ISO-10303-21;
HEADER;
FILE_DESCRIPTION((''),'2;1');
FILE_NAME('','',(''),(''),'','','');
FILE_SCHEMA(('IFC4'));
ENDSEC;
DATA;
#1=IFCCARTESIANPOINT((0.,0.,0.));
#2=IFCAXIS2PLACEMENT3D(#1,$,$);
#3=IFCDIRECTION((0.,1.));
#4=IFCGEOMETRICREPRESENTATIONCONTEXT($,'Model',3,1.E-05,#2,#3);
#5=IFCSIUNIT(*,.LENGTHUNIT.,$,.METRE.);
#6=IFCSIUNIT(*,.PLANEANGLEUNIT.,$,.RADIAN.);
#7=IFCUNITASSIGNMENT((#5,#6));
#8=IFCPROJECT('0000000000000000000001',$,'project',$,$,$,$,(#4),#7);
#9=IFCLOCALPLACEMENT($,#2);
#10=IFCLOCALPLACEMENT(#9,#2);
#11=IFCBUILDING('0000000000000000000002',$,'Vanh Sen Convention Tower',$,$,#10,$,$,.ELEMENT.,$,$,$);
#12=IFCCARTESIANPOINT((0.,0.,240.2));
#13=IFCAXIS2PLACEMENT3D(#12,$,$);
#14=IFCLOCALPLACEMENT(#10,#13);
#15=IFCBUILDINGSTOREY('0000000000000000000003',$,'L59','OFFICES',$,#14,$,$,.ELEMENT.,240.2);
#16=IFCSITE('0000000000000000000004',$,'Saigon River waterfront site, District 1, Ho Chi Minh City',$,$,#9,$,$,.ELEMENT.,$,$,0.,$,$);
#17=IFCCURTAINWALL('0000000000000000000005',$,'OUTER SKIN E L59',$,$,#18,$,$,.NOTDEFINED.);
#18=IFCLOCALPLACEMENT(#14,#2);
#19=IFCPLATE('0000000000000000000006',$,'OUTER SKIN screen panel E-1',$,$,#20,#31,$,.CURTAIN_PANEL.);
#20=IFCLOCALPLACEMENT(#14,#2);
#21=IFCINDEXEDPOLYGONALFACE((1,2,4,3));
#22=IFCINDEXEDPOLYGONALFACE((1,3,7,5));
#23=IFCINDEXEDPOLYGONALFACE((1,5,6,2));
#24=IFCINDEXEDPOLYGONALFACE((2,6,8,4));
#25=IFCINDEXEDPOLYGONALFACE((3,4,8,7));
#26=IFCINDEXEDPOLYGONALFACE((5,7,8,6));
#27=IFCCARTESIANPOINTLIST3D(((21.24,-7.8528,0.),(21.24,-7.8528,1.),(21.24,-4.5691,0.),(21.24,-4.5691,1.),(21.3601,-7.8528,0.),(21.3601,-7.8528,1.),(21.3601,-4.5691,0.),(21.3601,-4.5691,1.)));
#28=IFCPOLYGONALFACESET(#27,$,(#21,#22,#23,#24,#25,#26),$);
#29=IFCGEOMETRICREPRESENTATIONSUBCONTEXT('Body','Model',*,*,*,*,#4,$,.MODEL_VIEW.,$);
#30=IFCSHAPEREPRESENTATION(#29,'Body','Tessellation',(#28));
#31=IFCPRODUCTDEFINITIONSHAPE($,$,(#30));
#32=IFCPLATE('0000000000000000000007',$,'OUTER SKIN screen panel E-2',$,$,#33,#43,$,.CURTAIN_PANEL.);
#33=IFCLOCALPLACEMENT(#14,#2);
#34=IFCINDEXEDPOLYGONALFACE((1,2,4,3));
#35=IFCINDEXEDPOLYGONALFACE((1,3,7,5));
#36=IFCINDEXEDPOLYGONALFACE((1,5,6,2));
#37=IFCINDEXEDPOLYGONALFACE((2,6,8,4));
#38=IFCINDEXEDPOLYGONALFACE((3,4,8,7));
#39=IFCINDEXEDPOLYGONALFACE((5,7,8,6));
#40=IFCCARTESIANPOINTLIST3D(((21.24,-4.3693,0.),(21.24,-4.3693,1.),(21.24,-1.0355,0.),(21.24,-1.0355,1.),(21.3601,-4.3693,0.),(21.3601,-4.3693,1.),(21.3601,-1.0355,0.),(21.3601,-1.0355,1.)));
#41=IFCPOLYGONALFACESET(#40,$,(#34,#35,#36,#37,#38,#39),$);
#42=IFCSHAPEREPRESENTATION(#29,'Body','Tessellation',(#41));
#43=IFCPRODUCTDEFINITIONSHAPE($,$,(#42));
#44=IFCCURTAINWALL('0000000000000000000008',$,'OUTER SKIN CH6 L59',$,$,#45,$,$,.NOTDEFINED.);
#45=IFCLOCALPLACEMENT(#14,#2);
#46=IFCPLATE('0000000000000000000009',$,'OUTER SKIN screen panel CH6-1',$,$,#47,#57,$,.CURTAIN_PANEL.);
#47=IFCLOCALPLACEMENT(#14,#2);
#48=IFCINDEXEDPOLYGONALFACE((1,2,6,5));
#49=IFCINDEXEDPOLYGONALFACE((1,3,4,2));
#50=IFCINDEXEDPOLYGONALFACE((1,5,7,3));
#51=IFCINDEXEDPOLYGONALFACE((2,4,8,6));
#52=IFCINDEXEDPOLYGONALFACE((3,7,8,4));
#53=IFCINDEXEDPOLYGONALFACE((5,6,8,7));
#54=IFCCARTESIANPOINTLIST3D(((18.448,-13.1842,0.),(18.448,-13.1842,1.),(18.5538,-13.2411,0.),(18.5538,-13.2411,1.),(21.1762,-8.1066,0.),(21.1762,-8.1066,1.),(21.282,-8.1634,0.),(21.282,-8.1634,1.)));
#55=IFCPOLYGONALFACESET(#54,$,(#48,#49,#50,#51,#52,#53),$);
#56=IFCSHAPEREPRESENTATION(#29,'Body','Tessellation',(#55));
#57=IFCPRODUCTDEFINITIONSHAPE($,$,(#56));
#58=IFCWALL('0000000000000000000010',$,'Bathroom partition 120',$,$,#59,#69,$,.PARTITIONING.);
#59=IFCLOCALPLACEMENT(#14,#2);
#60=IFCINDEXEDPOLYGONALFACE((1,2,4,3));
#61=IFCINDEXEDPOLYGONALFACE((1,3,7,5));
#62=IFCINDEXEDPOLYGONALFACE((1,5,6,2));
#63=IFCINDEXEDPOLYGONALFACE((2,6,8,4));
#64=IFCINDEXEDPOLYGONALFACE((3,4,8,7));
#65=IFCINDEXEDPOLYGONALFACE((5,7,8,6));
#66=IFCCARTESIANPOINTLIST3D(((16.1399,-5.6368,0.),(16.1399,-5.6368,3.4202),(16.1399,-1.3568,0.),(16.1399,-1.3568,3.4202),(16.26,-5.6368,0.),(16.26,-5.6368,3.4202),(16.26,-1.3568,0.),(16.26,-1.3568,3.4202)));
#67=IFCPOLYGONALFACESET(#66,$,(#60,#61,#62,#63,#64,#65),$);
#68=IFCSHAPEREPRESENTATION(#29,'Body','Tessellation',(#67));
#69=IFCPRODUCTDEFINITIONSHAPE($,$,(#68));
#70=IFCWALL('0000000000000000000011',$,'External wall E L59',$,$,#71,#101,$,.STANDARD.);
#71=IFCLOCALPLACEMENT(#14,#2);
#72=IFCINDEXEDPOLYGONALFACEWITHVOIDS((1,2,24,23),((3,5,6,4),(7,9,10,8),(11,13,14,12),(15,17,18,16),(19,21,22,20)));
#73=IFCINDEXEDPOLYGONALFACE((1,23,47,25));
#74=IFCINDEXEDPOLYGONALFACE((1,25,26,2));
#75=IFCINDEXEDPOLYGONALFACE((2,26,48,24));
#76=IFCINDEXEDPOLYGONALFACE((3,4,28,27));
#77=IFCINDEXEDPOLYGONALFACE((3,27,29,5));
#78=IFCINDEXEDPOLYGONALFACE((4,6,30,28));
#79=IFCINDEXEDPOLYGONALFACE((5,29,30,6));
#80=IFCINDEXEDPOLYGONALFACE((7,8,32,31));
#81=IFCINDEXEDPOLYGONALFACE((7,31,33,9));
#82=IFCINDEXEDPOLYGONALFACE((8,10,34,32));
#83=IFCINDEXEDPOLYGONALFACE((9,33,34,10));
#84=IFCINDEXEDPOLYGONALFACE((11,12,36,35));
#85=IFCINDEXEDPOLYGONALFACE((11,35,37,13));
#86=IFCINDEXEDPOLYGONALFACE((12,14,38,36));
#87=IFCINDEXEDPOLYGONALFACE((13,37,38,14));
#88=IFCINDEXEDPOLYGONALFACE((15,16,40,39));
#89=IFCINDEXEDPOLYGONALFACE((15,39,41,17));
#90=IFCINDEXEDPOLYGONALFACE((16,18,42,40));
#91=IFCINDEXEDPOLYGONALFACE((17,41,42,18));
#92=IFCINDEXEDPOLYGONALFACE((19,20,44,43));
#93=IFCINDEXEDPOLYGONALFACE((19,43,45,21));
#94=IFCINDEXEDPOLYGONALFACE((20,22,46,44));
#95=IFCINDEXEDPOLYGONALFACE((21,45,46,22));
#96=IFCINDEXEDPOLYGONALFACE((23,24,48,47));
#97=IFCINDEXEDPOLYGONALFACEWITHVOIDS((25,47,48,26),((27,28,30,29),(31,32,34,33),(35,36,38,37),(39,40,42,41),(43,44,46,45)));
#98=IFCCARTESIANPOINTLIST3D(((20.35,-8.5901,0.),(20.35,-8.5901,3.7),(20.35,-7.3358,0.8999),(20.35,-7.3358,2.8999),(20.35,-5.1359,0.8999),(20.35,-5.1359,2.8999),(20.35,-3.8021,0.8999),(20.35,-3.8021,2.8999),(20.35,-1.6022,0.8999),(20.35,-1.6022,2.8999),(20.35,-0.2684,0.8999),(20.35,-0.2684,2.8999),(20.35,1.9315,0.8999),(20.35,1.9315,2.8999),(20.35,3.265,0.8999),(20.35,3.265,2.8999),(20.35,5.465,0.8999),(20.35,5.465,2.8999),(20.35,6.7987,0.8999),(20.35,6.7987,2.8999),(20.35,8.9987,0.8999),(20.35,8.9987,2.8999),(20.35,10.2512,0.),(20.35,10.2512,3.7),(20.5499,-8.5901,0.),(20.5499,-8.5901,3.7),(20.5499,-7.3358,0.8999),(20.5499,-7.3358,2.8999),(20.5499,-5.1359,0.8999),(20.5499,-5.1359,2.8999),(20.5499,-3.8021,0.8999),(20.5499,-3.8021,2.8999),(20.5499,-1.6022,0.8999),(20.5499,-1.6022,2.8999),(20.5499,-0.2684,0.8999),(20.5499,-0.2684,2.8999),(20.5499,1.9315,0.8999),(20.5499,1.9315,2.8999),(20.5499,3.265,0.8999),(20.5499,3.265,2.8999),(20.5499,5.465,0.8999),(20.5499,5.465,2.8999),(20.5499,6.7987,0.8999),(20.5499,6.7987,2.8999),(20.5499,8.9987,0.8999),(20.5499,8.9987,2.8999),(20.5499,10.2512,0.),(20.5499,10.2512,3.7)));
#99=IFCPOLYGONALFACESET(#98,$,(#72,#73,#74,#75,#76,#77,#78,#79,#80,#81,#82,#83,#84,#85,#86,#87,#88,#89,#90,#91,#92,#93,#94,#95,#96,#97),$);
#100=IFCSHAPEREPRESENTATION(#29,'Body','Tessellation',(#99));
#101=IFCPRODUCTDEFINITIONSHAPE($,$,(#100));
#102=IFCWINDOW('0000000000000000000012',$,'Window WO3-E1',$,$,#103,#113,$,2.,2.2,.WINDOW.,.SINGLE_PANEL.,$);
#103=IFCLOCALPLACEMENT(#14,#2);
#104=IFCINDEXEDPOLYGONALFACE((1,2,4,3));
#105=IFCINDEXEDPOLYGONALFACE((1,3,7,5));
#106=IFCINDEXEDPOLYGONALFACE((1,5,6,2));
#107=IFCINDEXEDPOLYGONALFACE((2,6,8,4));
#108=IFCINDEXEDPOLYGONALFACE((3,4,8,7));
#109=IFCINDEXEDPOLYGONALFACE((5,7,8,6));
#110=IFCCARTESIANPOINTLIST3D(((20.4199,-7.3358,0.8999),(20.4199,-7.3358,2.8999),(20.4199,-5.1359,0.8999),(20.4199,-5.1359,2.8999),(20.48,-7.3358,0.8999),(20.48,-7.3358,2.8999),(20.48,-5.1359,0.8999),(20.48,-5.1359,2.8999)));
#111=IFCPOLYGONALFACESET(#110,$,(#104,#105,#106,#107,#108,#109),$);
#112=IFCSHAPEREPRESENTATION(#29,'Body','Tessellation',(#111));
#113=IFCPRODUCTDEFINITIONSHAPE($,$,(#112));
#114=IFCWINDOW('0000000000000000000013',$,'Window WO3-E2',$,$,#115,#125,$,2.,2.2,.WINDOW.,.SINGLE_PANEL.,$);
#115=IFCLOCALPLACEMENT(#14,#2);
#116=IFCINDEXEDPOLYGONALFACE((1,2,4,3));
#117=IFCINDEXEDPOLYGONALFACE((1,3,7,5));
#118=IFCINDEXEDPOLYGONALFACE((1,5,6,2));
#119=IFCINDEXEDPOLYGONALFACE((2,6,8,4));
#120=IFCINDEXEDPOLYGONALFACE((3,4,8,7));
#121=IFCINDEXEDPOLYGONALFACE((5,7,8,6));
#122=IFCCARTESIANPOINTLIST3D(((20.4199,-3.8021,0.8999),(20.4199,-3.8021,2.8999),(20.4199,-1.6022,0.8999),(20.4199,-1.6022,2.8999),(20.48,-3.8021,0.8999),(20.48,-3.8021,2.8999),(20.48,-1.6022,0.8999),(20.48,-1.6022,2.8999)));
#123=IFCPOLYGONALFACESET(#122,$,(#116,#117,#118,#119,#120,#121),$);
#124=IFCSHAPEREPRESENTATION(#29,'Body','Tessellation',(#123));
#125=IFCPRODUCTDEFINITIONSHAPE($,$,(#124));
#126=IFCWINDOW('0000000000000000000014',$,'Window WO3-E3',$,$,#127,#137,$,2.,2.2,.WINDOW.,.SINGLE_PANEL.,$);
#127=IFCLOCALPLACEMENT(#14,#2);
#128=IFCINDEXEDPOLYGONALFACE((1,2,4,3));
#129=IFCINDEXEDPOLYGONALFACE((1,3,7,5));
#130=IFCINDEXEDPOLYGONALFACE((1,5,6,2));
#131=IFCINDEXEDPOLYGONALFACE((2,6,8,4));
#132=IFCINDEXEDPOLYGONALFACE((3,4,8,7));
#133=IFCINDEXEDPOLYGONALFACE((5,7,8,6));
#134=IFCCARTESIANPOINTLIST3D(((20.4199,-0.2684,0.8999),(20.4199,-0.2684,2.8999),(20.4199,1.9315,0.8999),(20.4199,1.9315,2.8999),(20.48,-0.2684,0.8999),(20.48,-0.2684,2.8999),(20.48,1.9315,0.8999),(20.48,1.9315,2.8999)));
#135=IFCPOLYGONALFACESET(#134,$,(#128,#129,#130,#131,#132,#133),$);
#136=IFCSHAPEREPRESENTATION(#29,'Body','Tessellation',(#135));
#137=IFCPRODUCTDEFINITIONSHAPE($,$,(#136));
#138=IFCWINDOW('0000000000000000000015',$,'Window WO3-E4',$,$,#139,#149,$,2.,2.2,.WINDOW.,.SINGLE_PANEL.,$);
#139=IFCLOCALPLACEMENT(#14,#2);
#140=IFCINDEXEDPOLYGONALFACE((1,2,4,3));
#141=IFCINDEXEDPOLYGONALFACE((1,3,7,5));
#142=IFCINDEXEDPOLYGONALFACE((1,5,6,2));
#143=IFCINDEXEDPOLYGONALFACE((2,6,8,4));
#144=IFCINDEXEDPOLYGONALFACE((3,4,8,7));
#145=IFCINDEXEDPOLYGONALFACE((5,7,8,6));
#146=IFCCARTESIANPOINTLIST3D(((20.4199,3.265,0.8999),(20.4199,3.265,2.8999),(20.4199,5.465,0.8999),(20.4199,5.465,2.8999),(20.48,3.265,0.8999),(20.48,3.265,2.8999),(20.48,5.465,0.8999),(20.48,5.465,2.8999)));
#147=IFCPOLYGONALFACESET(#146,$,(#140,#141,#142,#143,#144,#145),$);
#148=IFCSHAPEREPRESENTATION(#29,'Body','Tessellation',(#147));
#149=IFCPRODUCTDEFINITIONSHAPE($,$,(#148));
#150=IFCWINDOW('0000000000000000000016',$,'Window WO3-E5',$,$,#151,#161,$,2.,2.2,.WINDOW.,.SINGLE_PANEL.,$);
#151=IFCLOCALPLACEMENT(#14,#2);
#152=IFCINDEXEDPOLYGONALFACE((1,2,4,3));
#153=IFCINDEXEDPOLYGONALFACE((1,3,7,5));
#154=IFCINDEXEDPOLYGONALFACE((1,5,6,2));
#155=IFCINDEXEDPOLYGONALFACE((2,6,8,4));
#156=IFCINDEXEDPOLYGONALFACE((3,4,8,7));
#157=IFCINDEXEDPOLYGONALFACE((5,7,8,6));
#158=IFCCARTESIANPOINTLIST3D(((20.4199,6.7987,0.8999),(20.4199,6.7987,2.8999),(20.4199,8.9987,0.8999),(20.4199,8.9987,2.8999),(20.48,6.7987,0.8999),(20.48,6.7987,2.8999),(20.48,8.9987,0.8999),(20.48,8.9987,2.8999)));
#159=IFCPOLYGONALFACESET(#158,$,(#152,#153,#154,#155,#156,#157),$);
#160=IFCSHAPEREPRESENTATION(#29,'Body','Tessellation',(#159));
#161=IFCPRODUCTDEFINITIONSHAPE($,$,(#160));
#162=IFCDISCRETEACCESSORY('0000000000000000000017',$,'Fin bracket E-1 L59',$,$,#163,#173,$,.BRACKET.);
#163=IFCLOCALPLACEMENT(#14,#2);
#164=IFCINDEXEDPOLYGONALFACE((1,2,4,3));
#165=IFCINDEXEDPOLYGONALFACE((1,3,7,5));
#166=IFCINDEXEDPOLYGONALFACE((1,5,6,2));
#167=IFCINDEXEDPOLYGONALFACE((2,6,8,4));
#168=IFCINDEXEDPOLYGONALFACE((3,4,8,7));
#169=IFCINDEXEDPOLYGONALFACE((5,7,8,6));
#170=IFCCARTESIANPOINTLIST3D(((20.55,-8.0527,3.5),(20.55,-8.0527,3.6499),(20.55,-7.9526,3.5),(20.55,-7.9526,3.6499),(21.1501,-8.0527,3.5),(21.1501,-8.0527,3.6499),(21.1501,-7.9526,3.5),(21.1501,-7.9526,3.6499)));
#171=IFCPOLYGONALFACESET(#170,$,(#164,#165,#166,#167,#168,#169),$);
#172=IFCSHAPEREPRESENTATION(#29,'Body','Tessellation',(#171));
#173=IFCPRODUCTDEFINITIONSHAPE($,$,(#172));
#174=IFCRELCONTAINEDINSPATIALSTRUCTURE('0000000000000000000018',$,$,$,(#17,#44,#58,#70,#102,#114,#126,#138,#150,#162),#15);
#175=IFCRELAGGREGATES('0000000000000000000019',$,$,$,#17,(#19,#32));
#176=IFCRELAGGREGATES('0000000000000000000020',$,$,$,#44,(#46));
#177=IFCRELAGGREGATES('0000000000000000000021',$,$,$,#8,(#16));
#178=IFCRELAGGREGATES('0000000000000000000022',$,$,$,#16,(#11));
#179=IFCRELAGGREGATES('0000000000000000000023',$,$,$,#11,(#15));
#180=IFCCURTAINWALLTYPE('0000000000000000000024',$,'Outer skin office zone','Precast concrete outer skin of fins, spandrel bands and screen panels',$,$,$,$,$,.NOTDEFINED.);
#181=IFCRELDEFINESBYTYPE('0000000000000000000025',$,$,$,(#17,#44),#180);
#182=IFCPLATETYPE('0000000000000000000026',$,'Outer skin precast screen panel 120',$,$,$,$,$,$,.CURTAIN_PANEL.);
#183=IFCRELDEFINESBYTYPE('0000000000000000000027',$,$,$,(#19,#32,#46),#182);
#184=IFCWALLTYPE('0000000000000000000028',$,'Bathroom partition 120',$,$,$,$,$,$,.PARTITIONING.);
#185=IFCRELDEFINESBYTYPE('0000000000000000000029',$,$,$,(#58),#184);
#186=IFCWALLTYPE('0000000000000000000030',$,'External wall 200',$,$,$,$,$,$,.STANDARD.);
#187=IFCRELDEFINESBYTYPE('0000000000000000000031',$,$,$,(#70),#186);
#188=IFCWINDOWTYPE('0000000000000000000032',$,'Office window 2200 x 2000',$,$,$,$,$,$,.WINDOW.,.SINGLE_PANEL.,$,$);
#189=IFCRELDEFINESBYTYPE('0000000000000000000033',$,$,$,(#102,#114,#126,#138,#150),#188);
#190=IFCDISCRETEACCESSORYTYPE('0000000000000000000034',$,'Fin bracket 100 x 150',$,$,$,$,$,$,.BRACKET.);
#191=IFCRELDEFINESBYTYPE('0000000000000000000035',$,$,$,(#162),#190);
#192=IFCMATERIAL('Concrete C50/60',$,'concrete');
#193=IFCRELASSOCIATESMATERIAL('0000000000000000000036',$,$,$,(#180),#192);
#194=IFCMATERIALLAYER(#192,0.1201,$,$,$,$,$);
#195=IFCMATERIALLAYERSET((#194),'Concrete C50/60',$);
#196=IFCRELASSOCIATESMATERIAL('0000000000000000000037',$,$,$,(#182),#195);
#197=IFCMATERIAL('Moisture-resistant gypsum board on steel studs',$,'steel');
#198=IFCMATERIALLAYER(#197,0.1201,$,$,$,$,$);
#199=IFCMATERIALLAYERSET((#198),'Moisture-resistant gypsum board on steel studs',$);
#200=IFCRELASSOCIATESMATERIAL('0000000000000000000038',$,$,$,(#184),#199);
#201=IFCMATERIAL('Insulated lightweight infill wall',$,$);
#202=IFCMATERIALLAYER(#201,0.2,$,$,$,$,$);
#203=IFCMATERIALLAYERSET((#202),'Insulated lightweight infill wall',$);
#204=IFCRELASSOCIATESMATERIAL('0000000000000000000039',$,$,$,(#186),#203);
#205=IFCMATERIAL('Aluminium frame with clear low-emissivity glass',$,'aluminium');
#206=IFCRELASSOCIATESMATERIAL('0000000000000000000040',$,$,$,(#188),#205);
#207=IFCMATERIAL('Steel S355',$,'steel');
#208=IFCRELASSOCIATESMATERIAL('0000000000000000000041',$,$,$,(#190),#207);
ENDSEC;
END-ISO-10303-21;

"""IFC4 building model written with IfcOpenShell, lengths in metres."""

from ifc_helpers import new_model, si_unit, direction, frame, frame_2d, origin, origin_2d, place, context, subcontext, project, spatial, rectangle, extrude, material, layer, layer_set, type_object, element, fill, aggregate, save


model = new_model("IFC4")

# Units and contexts
model_context = context("Model", 3, precision=1e-05, world=origin(), true_north=direction((0.0, 1.0)))
body_context = subcontext(model_context, "Body", "Model", "MODEL_VIEW")
ifc_project = project(units=[si_unit("LENGTHUNIT", "METRE"), si_unit("PLANEANGLEUNIT", "RADIAN")], contexts=[model_context])

# Site, building, storey
site_placement = place(None, origin())
site = spatial("IfcSite", under=ifc_project, at=site_placement, Name="Saigon River waterfront site, District 1, Ho Chi Minh City", CompositionType="ELEMENT", RefElevation=0.0)
building_placement = place(site_placement, origin())
building = spatial("IfcBuilding", under=site, at=building_placement, Name="Vanh Sen Convention Tower", CompositionType="ELEMENT")
storey_placement = place(building_placement, frame((0.0, 0.0, 240.2)))
storey = spatial("IfcBuildingStorey", under=building, at=storey_placement, Name="L59", Description="OFFICES", CompositionType="ELEMENT", Elevation=240.2)

# Curtain wall
ifc_material_1 = material(Name="Concrete C50/60", Category="concrete")
curtain_wall_type = type_object("IfcCurtainWallType", Name="Outer skin office zone", Description="Precast concrete outer skin of fins, spandrel bands and screen panels", PredefinedType="NOTDEFINED", material=ifc_material_1)
curtain_wall_1_placement = place(storey_placement, origin())
curtain_wall_1 = element("IfcCurtainWall", 1, at=curtain_wall_1_placement, inside=storey, type_object=curtain_wall_type, Name="OUTER SKIN E L59", PredefinedType="NOTDEFINED")

# Plates
ifc_layer_1 = layer(ifc_material_1, 0.1201)
ifc_layer_set_1 = layer_set([ifc_layer_1], Name="Concrete C50/60")
plate_type = type_object("IfcPlateType", Name="Outer skin precast screen panel 120", PredefinedType="CURTAIN_PANEL", material=ifc_layer_set_1)
plate_1_placement = place(storey_placement, frame((21.3, -6.2109, 0.0), z_axis=(0.0, 0.0, 1.0), x_axis=(0.0, 1.0, 0.0)))
plate_1 = element("IfcPlate", 2, at=plate_1_placement, type_object=plate_type, Name="OUTER SKIN screen panel E-1", PredefinedType="CURTAIN_PANEL", context=body_context, shape_type="SweptSolid", body=[
    extrude(rectangle(XDim=3.2837, YDim=0.1201, at=origin_2d()), origin(), (0.0, 0.0, 1.0), 1.0),
])
plate_2_placement = place(storey_placement, frame((21.3, -2.7024, 0.0), z_axis=(0.0, 0.0, 1.0), x_axis=(0.0, 1.0, 0.0)))
plate_2 = element("IfcPlate", 3, at=plate_2_placement, type_object=plate_type, Name="OUTER SKIN screen panel E-2", PredefinedType="CURTAIN_PANEL", context=body_context, shape_type="SweptSolid", body=[
    extrude(rectangle(XDim=3.3337, YDim=0.1201, at=origin_2d()), origin(), (0.0, 0.0, 1.0), 1.0),
])
aggregate(curtain_wall_1, [plate_1, plate_2])

# Curtain wall, plate
curtain_wall_2_placement = place(storey_placement, origin())
curtain_wall_2 = element("IfcCurtainWall", 4, at=curtain_wall_2_placement, inside=storey, type_object=curtain_wall_type, Name="OUTER SKIN CH6 L59", PredefinedType="NOTDEFINED")
plate_3_placement = place(storey_placement, frame((19.865, -10.6738, 0.0), z_axis=(0.0, 0.0, 1.0), x_axis=(0.473314, 0.880894, 0.0)))
plate_3 = element("IfcPlate", 5, at=plate_3_placement, type_object=plate_type, Name="OUTER SKIN screen panel CH6-1", PredefinedType="CURTAIN_PANEL", context=body_context, shape_type="SweptSolid", body=[
    extrude(rectangle(XDim=5.7642, YDim=0.1201, at=origin_2d()), origin(), (0.0, 0.0, 1.0), 1.0),
])
aggregate(curtain_wall_2, [plate_3])

# Wall
ifc_material_2 = material(Name="Moisture-resistant gypsum board on steel studs", Category="steel")
ifc_layer_2 = layer(ifc_material_2, 0.1201)
ifc_layer_set_2 = layer_set([ifc_layer_2], Name="Moisture-resistant gypsum board on steel studs")
wall_type_1 = type_object("IfcWallType", Name="Bathroom partition 120", PredefinedType="PARTITIONING", material=ifc_layer_set_2)
wall_1_placement = place(storey_placement, frame((16.2, -1.3567, 0.0), z_axis=(0.0, 0.0, 1.0), x_axis=(0.0, -1.0, 0.0)))
element("IfcWall", 6, at=wall_1_placement, inside=storey, type_object=wall_type_1, Name="Bathroom partition 120", PredefinedType="PARTITIONING", context=body_context, shape_type="SweptSolid", body=[
    extrude(rectangle(XDim=4.28, YDim=0.1201, at=frame_2d((2.1401, 0.0))), origin(), (0.0, 0.0, 1.0), 3.4202),
])

# Wall, openings, windows
ifc_material_3 = material(Name="Insulated lightweight infill wall")
ifc_layer_3 = layer(ifc_material_3, 0.2)
ifc_layer_set_3 = layer_set([ifc_layer_3], Name="Insulated lightweight infill wall")
wall_type_2 = type_object("IfcWallType", Name="External wall 200", PredefinedType="STANDARD", material=ifc_layer_set_3)
wall_2_placement = place(storey_placement, frame((20.45, -8.5901, 0.0), z_axis=(0.0, 0.0, 1.0), x_axis=(0.0, 1.0, 0.0)))
wall_2 = element("IfcWall", 7, at=wall_2_placement, inside=storey, type_object=wall_type_2, Name="External wall E L59", PredefinedType="STANDARD", context=body_context, shape_type="SweptSolid", body=[
    extrude(rectangle(XDim=18.8413, YDim=0.2, at=frame_2d((9.4207, 0.0))), origin(), (0.0, 0.0, 1.0), 3.7),
])
opening_1_placement = place(wall_2_placement, frame((1.2542, 0.0, 0.8999)))
opening_1 = element("IfcOpeningElement", 8, at=opening_1_placement, cuts=wall_2, PredefinedType="OPENING", context=body_context, shape_type="SweptSolid", body=[
    extrude(rectangle(XDim=2.2, YDim=2.0, at=frame_2d((1.1001, 1.0))), frame((0.0, 0.1099, 0.0), z_axis=(0.0, -1.0, 0.0), x_axis=(1.0, 0.0, 0.0)), (0.0, 0.0, 1.0), 0.22),
])
opening_2_placement = place(wall_2_placement, frame((4.7878, 0.0, 0.8999)))
opening_2 = element("IfcOpeningElement", 9, at=opening_2_placement, cuts=wall_2, PredefinedType="OPENING", context=body_context, shape_type="SweptSolid", body=[
    extrude(rectangle(XDim=2.2, YDim=2.0, at=frame_2d((1.1001, 1.0))), frame((0.0, 0.1099, 0.0), z_axis=(0.0, -1.0, 0.0), x_axis=(1.0, 0.0, 0.0)), (0.0, 0.0, 1.0), 0.22),
])
opening_3_placement = place(wall_2_placement, frame((8.3215, 0.0, 0.8999)))
opening_3 = element("IfcOpeningElement", 10, at=opening_3_placement, cuts=wall_2, PredefinedType="OPENING", context=body_context, shape_type="SweptSolid", body=[
    extrude(rectangle(XDim=2.2, YDim=2.0, at=frame_2d((1.1001, 1.0))), frame((0.0, 0.1099, 0.0), z_axis=(0.0, -1.0, 0.0), x_axis=(1.0, 0.0, 0.0)), (0.0, 0.0, 1.0), 0.22),
])
opening_4_placement = place(wall_2_placement, frame((11.855, 0.0, 0.8999)))
opening_4 = element("IfcOpeningElement", 11, at=opening_4_placement, cuts=wall_2, PredefinedType="OPENING", context=body_context, shape_type="SweptSolid", body=[
    extrude(rectangle(XDim=2.2, YDim=2.0, at=frame_2d((1.1001, 1.0))), frame((0.0, 0.1099, 0.0), z_axis=(0.0, -1.0, 0.0), x_axis=(1.0, 0.0, 0.0)), (0.0, 0.0, 1.0), 0.22),
])
opening_5_placement = place(wall_2_placement, frame((15.3887, 0.0, 0.8999)))
opening_5 = element("IfcOpeningElement", 12, at=opening_5_placement, cuts=wall_2, PredefinedType="OPENING", context=body_context, shape_type="SweptSolid", body=[
    extrude(rectangle(XDim=2.2, YDim=2.0, at=frame_2d((1.1001, 1.0))), frame((0.0, 0.1099, 0.0), z_axis=(0.0, -1.0, 0.0), x_axis=(1.0, 0.0, 0.0)), (0.0, 0.0, 1.0), 0.22),
])
ifc_material_4 = material(Name="Aluminium frame with clear low-emissivity glass", Category="aluminium")
window_type = type_object("IfcWindowType", Name="Office window 2200 x 2000", PartitioningType="SINGLE_PANEL", PredefinedType="WINDOW", material=ifc_material_4)
window_1_placement = place(opening_1_placement, origin())
window_1 = element("IfcWindow", 13, at=window_1_placement, inside=storey, type_object=window_type, Name="Window WO3-E1", OverallHeight=2.0, OverallWidth=2.2, PartitioningType="SINGLE_PANEL", PredefinedType="WINDOW", context=body_context, shape_type="SweptSolid", body=[
    extrude(rectangle(XDim=2.2, YDim=2.0, at=frame_2d((1.1001, 1.0))), frame((0.0, 0.03, 0.0), z_axis=(0.0, -1.0, 0.0), x_axis=(1.0, 0.0, 0.0)), (0.0, 0.0, 1.0), 0.0601),
])
fill(opening_1, window_1)
window_2_placement = place(opening_2_placement, origin())
window_2 = element("IfcWindow", 14, at=window_2_placement, inside=storey, type_object=window_type, Name="Window WO3-E2", OverallHeight=2.0, OverallWidth=2.2, PartitioningType="SINGLE_PANEL", PredefinedType="WINDOW", context=body_context, shape_type="SweptSolid", body=[
    extrude(rectangle(XDim=2.2, YDim=2.0, at=frame_2d((1.1001, 1.0))), frame((0.0, 0.03, 0.0), z_axis=(0.0, -1.0, 0.0), x_axis=(1.0, 0.0, 0.0)), (0.0, 0.0, 1.0), 0.0601),
])
fill(opening_2, window_2)
window_3_placement = place(opening_3_placement, origin())
window_3 = element("IfcWindow", 15, at=window_3_placement, inside=storey, type_object=window_type, Name="Window WO3-E3", OverallHeight=2.0, OverallWidth=2.2, PartitioningType="SINGLE_PANEL", PredefinedType="WINDOW", context=body_context, shape_type="SweptSolid", body=[
    extrude(rectangle(XDim=2.2, YDim=2.0, at=frame_2d((1.1001, 1.0))), frame((0.0, 0.03, 0.0), z_axis=(0.0, -1.0, 0.0), x_axis=(1.0, 0.0, 0.0)), (0.0, 0.0, 1.0), 0.0601),
])
fill(opening_3, window_3)
window_4_placement = place(opening_4_placement, origin())
window_4 = element("IfcWindow", 16, at=window_4_placement, inside=storey, type_object=window_type, Name="Window WO3-E4", OverallHeight=2.0, OverallWidth=2.2, PartitioningType="SINGLE_PANEL", PredefinedType="WINDOW", context=body_context, shape_type="SweptSolid", body=[
    extrude(rectangle(XDim=2.2, YDim=2.0, at=frame_2d((1.1001, 1.0))), frame((0.0, 0.03, 0.0), z_axis=(0.0, -1.0, 0.0), x_axis=(1.0, 0.0, 0.0)), (0.0, 0.0, 1.0), 0.0601),
])
fill(opening_4, window_4)
window_5_placement = place(opening_5_placement, origin())
window_5 = element("IfcWindow", 17, at=window_5_placement, inside=storey, type_object=window_type, Name="Window WO3-E5", OverallHeight=2.0, OverallWidth=2.2, PartitioningType="SINGLE_PANEL", PredefinedType="WINDOW", context=body_context, shape_type="SweptSolid", body=[
    extrude(rectangle(XDim=2.2, YDim=2.0, at=frame_2d((1.1001, 1.0))), frame((0.0, 0.03, 0.0), z_axis=(0.0, -1.0, 0.0), x_axis=(1.0, 0.0, 0.0)), (0.0, 0.0, 1.0), 0.0601),
])
fill(opening_5, window_5)

# Discrete accessory
ifc_material_5 = material(Name="Steel S355", Category="steel")
discrete_accessory_type = type_object("IfcDiscreteAccessoryType", Name="Fin bracket 100 x 150", PredefinedType="BRACKET", material=ifc_material_5)
for number, where, z_axis, x_axis, name in (
    (18, (20.8501, -8.0027, 3.5), (0.0, 0.0, 1.0), (1.0, 0.0, 0.0), "Fin bracket E-1 L59"),
):
    element("IfcDiscreteAccessory", number, at=place(storey_placement, frame(where, z_axis=z_axis, x_axis=x_axis)), inside=storey, type_object=discrete_accessory_type, Name=name, PredefinedType="BRACKET", context=body_context, shape_type="SweptSolid", body=[
        extrude(rectangle(XDim=0.6001, YDim=0.1001, at=origin_2d()), origin(), (0.0, 0.0, 1.0), 0.1499),
    ])

save(model, "model.ifc")
